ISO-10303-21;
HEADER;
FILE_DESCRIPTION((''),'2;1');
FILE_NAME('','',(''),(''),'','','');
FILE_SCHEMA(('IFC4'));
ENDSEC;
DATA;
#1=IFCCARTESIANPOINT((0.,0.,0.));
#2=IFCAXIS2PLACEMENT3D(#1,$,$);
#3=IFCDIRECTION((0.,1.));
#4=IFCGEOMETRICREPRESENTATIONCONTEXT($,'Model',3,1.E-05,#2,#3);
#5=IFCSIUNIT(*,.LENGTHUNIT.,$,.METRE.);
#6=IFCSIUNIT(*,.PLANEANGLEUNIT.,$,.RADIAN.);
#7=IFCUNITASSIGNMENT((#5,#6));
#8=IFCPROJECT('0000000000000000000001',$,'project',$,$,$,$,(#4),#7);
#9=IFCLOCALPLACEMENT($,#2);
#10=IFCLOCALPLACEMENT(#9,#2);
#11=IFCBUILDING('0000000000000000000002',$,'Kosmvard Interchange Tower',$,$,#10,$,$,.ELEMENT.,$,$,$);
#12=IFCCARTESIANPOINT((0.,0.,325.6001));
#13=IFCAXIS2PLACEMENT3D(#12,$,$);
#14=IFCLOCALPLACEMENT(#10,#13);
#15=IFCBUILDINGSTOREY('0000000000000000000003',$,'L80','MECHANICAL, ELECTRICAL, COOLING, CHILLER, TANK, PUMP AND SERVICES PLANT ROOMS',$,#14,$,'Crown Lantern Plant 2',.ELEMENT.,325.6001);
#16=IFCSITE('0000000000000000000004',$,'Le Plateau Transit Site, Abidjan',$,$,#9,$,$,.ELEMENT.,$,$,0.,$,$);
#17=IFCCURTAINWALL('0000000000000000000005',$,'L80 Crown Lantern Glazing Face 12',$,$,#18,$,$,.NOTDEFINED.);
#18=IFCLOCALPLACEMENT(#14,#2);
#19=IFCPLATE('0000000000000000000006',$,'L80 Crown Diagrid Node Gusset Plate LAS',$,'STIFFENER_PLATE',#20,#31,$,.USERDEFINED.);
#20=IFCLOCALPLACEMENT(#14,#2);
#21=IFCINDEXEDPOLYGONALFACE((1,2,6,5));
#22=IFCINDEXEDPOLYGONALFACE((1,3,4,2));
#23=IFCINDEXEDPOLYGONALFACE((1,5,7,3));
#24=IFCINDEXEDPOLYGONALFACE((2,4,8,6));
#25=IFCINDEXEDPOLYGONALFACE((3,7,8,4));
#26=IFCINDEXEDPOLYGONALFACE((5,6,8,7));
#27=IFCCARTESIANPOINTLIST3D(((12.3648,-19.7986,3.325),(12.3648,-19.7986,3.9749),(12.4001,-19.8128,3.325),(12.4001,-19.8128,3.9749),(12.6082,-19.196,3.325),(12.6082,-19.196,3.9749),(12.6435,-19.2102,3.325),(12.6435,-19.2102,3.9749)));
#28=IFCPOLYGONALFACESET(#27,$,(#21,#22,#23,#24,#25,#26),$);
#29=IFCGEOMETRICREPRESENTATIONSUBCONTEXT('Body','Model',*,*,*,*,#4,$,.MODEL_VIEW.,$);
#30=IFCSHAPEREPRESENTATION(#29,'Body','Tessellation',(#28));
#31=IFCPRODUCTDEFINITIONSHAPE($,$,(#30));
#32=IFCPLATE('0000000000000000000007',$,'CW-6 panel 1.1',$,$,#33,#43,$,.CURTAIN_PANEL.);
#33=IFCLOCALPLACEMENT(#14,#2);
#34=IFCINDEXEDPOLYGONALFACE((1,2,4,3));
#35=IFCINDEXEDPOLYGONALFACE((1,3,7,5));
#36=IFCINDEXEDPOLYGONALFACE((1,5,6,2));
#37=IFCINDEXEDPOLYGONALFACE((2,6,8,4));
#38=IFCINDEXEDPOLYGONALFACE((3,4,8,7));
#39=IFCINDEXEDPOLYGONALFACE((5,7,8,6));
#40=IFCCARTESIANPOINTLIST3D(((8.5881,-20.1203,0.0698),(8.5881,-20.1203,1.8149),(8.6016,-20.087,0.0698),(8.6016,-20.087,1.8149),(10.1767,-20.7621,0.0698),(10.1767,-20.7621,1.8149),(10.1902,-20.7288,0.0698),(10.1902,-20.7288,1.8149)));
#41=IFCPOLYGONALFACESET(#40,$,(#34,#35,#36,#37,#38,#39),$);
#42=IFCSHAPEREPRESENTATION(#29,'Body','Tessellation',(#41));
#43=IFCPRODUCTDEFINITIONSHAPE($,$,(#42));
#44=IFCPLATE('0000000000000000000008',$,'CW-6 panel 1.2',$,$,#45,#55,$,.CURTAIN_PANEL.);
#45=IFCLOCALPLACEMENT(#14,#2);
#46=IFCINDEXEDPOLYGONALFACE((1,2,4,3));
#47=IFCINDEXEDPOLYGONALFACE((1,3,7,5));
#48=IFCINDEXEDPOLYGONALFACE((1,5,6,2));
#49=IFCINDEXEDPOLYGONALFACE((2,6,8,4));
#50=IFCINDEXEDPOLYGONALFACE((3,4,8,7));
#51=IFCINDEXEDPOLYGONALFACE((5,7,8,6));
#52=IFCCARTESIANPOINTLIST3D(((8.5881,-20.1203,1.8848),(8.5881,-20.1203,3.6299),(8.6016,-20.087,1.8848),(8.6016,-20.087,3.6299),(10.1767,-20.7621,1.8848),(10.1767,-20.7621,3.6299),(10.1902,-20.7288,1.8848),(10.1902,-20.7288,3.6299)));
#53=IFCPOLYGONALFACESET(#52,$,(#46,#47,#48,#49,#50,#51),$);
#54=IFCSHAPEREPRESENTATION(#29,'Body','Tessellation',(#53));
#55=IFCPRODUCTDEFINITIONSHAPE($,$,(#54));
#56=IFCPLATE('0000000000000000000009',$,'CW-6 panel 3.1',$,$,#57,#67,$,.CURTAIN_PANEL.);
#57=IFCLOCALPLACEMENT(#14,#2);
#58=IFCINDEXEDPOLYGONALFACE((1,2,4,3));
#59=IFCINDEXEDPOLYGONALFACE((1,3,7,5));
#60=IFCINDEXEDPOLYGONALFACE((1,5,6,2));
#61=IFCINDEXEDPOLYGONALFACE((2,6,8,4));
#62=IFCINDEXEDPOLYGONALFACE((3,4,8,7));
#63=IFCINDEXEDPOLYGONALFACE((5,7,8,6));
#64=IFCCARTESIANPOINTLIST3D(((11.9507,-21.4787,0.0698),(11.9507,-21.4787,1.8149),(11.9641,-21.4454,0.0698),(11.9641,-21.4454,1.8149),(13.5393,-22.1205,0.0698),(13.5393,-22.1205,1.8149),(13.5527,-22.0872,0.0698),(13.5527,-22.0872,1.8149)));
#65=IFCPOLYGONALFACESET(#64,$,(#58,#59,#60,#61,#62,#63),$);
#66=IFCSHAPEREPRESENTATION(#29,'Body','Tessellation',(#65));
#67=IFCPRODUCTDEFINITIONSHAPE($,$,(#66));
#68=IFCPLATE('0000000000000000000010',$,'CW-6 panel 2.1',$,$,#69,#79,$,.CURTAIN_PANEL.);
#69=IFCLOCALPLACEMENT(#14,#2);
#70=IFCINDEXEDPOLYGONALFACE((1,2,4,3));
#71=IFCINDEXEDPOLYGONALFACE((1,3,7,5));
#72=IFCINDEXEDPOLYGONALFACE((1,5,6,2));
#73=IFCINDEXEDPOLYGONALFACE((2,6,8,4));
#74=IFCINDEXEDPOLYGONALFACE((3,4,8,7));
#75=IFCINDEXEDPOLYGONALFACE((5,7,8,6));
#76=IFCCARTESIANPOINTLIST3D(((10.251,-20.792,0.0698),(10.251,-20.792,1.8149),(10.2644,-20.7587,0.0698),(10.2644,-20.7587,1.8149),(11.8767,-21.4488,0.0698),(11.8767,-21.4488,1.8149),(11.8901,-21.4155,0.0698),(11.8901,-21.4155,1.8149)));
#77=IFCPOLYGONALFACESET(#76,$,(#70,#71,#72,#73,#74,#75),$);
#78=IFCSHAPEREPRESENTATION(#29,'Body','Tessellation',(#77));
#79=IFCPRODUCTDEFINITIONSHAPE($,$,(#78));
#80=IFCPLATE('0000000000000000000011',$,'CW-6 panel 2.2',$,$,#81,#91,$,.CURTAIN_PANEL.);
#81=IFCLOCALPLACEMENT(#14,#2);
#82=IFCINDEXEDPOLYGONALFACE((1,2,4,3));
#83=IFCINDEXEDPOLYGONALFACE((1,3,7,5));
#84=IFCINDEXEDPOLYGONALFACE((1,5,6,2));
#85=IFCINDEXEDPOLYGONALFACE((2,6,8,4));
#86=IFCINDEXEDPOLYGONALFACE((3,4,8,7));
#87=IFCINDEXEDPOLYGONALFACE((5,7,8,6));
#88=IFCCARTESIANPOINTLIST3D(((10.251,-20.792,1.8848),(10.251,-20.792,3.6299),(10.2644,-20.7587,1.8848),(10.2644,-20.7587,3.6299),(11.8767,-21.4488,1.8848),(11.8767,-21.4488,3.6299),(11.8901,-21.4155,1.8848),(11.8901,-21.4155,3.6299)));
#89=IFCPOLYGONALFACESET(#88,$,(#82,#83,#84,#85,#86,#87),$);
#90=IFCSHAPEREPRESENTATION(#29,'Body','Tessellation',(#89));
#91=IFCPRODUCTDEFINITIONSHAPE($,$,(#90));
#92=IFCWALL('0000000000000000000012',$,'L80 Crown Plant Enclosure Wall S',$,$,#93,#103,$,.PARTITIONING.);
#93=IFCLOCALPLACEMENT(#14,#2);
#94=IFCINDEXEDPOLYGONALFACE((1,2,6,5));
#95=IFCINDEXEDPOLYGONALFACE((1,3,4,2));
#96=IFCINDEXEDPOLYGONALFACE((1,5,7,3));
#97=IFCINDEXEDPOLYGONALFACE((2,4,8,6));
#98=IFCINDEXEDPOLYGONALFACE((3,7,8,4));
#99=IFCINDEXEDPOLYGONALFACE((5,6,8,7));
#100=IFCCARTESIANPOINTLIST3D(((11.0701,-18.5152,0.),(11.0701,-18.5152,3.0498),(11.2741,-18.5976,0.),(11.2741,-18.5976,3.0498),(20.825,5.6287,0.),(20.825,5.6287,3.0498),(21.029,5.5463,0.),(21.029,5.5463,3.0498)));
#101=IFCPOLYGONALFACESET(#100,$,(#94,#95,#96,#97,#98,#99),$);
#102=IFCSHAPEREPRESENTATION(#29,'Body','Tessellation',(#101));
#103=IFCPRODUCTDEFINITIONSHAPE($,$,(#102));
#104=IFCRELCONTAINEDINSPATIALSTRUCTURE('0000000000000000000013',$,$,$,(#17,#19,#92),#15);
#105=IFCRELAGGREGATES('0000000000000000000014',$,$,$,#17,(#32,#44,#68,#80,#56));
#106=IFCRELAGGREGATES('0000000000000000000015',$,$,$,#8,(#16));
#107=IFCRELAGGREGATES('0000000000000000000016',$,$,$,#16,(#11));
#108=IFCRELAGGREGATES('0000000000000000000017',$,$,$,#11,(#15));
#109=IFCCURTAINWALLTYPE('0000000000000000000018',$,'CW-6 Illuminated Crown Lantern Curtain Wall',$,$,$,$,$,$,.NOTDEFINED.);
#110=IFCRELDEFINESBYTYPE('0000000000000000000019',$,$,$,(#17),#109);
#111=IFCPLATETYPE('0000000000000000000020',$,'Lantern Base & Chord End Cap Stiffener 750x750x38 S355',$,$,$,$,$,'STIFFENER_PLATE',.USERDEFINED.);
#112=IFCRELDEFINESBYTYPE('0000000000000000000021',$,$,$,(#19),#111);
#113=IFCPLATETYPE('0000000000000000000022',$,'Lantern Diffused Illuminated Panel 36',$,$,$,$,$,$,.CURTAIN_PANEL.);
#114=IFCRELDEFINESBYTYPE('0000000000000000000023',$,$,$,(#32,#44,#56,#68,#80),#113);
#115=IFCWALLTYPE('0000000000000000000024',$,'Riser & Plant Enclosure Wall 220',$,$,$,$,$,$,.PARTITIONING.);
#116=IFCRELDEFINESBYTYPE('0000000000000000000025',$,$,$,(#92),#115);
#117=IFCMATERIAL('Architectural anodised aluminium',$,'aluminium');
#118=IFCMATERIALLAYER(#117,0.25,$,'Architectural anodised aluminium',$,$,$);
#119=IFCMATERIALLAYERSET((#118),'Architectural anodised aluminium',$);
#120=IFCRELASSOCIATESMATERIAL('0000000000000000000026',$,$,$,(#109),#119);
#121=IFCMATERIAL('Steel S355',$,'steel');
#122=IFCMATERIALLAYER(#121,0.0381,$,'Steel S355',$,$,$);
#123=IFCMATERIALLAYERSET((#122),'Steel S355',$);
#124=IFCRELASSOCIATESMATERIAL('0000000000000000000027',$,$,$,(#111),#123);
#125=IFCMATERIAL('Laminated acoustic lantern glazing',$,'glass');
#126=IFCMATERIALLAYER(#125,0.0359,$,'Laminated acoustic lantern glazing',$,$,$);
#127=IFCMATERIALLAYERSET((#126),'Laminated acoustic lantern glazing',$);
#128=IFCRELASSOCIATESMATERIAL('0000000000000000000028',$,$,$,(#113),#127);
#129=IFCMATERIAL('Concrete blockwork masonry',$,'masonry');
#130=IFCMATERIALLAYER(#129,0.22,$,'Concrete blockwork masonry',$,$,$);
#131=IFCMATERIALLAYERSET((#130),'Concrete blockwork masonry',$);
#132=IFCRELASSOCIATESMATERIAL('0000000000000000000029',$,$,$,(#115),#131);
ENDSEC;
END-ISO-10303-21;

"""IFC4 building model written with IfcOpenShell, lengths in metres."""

from ifc_helpers import new_model, si_unit, direction, frame, frame_2d, origin, origin_2d, place, context, subcontext, project, spatial, rectangle, extrude, source, transform, mapped, material, layer, layer_set, type_object, element, aggregate, save


model = new_model("IFC4")

# Units and contexts
model_context = context("Model", 3, precision=1e-05, world=origin(), true_north=direction((0.0, 1.0)))
body_context = subcontext(model_context, "Body", "Model", "MODEL_VIEW")
ifc_project = project(units=[si_unit("LENGTHUNIT", "METRE"), si_unit("PLANEANGLEUNIT", "RADIAN")], contexts=[model_context])

# Site, building, storey
site_placement = place(None, origin())
site = spatial("IfcSite", under=ifc_project, at=site_placement, Name="Le Plateau Transit Site, Abidjan", CompositionType="ELEMENT", RefElevation=0.0)
building_placement = place(site_placement, origin())
building = spatial("IfcBuilding", under=site, at=building_placement, Name="Kosmvard Interchange Tower", CompositionType="ELEMENT")
storey_placement = place(building_placement, frame((0.0, 0.0, 325.6001)))
storey = spatial("IfcBuildingStorey", under=building, at=storey_placement, Name="L80", Description="MECHANICAL, ELECTRICAL, COOLING, CHILLER, TANK, PUMP AND SERVICES PLANT ROOMS", LongName="Crown Lantern Plant 2", CompositionType="ELEMENT", Elevation=325.6001)

# Shared definitions
ifc_material_1 = material(Name="Steel S355", Category="steel")

# Curtain wall
ifc_material_2 = material(Name="Architectural anodised aluminium", Category="aluminium")
ifc_layer_1 = layer(ifc_material_2, 0.25, Name="Architectural anodised aluminium")
ifc_layer_set_1 = layer_set([ifc_layer_1], Name="Architectural anodised aluminium")
curtain_wall_type = type_object("IfcCurtainWallType", Name="CW-6 Illuminated Crown Lantern Curtain Wall", PredefinedType="NOTDEFINED", material=ifc_layer_set_1)
curtain_wall_placement = place(storey_placement, origin())
curtain_wall = element("IfcCurtainWall", 1, at=curtain_wall_placement, inside=storey, type_object=curtain_wall_type, Name="L80 Crown Lantern Glazing Face 12", PredefinedType="NOTDEFINED")

# Plates
ifc_layer_2 = layer(ifc_material_1, 0.0381, Name="Steel S355")
ifc_layer_set_2 = layer_set([ifc_layer_2], Name="Steel S355")
plate_type_1 = type_object("IfcPlateType", Name="Lantern Base & Chord End Cap Stiffener 750x750x38 S355", ElementType="STIFFENER_PLATE", PredefinedType="USERDEFINED", material=ifc_layer_set_2)
shared_shape_1 = source(origin(), body_context, "Body", "SweptSolid", [
    extrude(rectangle(XDim=0.6499, YDim=0.0381, at=origin_2d()), origin(), (0.0, 0.0, 1.0), 0.6499),
])
plate_1_placement = place(storey_placement, frame((12.5042, -19.5044, 3.325), z_axis=(0.0, 0.0, 1.0), x_axis=(0.374607, 0.927184, 0.0)))
element("IfcPlate", 2, at=plate_1_placement, inside=storey, type_object=plate_type_1, Name="L80 Crown Diagrid Node Gusset Plate LAS", ObjectType="STIFFENER_PLATE", PredefinedType="USERDEFINED", context=body_context, shape_type="MappedRepresentation", body=[
    mapped(shared_shape_1, transform((0.0, 0.0, 0.0), scale=1.0)),
])
ifc_material_3 = material(Name="Laminated acoustic lantern glazing", Category="glass")
ifc_layer_3 = layer(ifc_material_3, 0.0359, Name="Laminated acoustic lantern glazing")
ifc_layer_set_3 = layer_set([ifc_layer_3], Name="Laminated acoustic lantern glazing")
plate_type_2 = type_object("IfcPlateType", Name="Lantern Diffused Illuminated Panel 36", PredefinedType="CURTAIN_PANEL", material=ifc_layer_set_3)
shared_shape_2 = source(origin(), body_context, "Body", "SweptSolid", [
    extrude(rectangle(XDim=1.7134, YDim=0.0359, at=origin_2d()), origin(), (0.0, 0.0, 1.0), 1.7451),
])
plate_2_placement = place(storey_placement, frame((9.3892, -20.4246, 0.0698), z_axis=(0.0, 0.0, 1.0), x_axis=(0.927184, -0.374607, 0.0)))
plate_2 = element("IfcPlate", 3, at=plate_2_placement, type_object=plate_type_2, Name="CW-6 panel 1.1", PredefinedType="CURTAIN_PANEL", context=body_context, shape_type="MappedRepresentation", body=[
    mapped(shared_shape_2, transform((0.0, 0.0, 0.0), scale=1.0)),
])
plate_3_placement = place(storey_placement, frame((9.3892, -20.4246, 1.8848), z_axis=(0.0, 0.0, 1.0), x_axis=(0.927184, -0.374607, 0.0)))
plate_3 = element("IfcPlate", 4, at=plate_3_placement, type_object=plate_type_2, Name="CW-6 panel 1.2", PredefinedType="CURTAIN_PANEL", context=body_context, shape_type="MappedRepresentation", body=[
    mapped(shared_shape_2, transform((0.0, 0.0, 0.0), scale=1.0)),
])
plate_4_placement = place(storey_placement, frame((12.7517, -21.783, 0.0698), z_axis=(0.0, 0.0, 1.0), x_axis=(0.927184, -0.374607, 0.0)))
plate_4 = element("IfcPlate", 5, at=plate_4_placement, type_object=plate_type_2, Name="CW-6 panel 3.1", PredefinedType="CURTAIN_PANEL", context=body_context, shape_type="MappedRepresentation", body=[
    mapped(shared_shape_2, transform((0.0, 0.0, 0.0), scale=1.0)),
])
shared_shape_3 = source(origin(), body_context, "Body", "SweptSolid", [
    extrude(rectangle(XDim=1.7534, YDim=0.0359, at=origin_2d()), origin(), (0.0, 0.0, 1.0), 1.7451),
])
plate_5_placement = place(storey_placement, frame((11.0706, -21.1038, 0.0698), z_axis=(0.0, 0.0, 1.0), x_axis=(0.927184, -0.374607, 0.0)))
plate_5 = element("IfcPlate", 6, at=plate_5_placement, type_object=plate_type_2, Name="CW-6 panel 2.1", PredefinedType="CURTAIN_PANEL", context=body_context, shape_type="MappedRepresentation", body=[
    mapped(shared_shape_3, transform((0.0, 0.0, 0.0), scale=1.0)),
])
plate_6_placement = place(storey_placement, frame((11.0706, -21.1038, 1.8848), z_axis=(0.0, 0.0, 1.0), x_axis=(0.927184, -0.374607, 0.0)))
plate_6 = element("IfcPlate", 7, at=plate_6_placement, type_object=plate_type_2, Name="CW-6 panel 2.2", PredefinedType="CURTAIN_PANEL", context=body_context, shape_type="MappedRepresentation", body=[
    mapped(shared_shape_3, transform((0.0, 0.0, 0.0), scale=1.0)),
])
aggregate(curtain_wall, [plate_2, plate_3, plate_5, plate_6, plate_4])

# Wall
ifc_material_4 = material(Name="Concrete blockwork masonry", Category="masonry")
ifc_layer_4 = layer(ifc_material_4, 0.22, Name="Concrete blockwork masonry")
ifc_layer_set_4 = layer_set([ifc_layer_4], Name="Concrete blockwork masonry")
wall_type = type_object("IfcWallType", Name="Riser & Plant Enclosure Wall 220", PredefinedType="PARTITIONING", material=ifc_layer_set_4)
wall_placement = place(storey_placement, frame((11.1721, -18.5564, 0.0), z_axis=(0.0, 0.0, 1.0), x_axis=(0.374612, 0.927182, 0.0)))
element("IfcWall", 8, at=wall_placement, inside=storey, type_object=wall_type, Name="L80 Crown Plant Enclosure Wall S", PredefinedType="PARTITIONING", context=body_context, shape_type="SweptSolid", body=[
    extrude(rectangle(XDim=26.04, YDim=0.22, at=frame_2d((13.02, 0.0))), origin(), (0.0, 0.0, 1.0), 3.0498),
])

save(model, "model.ifc")
